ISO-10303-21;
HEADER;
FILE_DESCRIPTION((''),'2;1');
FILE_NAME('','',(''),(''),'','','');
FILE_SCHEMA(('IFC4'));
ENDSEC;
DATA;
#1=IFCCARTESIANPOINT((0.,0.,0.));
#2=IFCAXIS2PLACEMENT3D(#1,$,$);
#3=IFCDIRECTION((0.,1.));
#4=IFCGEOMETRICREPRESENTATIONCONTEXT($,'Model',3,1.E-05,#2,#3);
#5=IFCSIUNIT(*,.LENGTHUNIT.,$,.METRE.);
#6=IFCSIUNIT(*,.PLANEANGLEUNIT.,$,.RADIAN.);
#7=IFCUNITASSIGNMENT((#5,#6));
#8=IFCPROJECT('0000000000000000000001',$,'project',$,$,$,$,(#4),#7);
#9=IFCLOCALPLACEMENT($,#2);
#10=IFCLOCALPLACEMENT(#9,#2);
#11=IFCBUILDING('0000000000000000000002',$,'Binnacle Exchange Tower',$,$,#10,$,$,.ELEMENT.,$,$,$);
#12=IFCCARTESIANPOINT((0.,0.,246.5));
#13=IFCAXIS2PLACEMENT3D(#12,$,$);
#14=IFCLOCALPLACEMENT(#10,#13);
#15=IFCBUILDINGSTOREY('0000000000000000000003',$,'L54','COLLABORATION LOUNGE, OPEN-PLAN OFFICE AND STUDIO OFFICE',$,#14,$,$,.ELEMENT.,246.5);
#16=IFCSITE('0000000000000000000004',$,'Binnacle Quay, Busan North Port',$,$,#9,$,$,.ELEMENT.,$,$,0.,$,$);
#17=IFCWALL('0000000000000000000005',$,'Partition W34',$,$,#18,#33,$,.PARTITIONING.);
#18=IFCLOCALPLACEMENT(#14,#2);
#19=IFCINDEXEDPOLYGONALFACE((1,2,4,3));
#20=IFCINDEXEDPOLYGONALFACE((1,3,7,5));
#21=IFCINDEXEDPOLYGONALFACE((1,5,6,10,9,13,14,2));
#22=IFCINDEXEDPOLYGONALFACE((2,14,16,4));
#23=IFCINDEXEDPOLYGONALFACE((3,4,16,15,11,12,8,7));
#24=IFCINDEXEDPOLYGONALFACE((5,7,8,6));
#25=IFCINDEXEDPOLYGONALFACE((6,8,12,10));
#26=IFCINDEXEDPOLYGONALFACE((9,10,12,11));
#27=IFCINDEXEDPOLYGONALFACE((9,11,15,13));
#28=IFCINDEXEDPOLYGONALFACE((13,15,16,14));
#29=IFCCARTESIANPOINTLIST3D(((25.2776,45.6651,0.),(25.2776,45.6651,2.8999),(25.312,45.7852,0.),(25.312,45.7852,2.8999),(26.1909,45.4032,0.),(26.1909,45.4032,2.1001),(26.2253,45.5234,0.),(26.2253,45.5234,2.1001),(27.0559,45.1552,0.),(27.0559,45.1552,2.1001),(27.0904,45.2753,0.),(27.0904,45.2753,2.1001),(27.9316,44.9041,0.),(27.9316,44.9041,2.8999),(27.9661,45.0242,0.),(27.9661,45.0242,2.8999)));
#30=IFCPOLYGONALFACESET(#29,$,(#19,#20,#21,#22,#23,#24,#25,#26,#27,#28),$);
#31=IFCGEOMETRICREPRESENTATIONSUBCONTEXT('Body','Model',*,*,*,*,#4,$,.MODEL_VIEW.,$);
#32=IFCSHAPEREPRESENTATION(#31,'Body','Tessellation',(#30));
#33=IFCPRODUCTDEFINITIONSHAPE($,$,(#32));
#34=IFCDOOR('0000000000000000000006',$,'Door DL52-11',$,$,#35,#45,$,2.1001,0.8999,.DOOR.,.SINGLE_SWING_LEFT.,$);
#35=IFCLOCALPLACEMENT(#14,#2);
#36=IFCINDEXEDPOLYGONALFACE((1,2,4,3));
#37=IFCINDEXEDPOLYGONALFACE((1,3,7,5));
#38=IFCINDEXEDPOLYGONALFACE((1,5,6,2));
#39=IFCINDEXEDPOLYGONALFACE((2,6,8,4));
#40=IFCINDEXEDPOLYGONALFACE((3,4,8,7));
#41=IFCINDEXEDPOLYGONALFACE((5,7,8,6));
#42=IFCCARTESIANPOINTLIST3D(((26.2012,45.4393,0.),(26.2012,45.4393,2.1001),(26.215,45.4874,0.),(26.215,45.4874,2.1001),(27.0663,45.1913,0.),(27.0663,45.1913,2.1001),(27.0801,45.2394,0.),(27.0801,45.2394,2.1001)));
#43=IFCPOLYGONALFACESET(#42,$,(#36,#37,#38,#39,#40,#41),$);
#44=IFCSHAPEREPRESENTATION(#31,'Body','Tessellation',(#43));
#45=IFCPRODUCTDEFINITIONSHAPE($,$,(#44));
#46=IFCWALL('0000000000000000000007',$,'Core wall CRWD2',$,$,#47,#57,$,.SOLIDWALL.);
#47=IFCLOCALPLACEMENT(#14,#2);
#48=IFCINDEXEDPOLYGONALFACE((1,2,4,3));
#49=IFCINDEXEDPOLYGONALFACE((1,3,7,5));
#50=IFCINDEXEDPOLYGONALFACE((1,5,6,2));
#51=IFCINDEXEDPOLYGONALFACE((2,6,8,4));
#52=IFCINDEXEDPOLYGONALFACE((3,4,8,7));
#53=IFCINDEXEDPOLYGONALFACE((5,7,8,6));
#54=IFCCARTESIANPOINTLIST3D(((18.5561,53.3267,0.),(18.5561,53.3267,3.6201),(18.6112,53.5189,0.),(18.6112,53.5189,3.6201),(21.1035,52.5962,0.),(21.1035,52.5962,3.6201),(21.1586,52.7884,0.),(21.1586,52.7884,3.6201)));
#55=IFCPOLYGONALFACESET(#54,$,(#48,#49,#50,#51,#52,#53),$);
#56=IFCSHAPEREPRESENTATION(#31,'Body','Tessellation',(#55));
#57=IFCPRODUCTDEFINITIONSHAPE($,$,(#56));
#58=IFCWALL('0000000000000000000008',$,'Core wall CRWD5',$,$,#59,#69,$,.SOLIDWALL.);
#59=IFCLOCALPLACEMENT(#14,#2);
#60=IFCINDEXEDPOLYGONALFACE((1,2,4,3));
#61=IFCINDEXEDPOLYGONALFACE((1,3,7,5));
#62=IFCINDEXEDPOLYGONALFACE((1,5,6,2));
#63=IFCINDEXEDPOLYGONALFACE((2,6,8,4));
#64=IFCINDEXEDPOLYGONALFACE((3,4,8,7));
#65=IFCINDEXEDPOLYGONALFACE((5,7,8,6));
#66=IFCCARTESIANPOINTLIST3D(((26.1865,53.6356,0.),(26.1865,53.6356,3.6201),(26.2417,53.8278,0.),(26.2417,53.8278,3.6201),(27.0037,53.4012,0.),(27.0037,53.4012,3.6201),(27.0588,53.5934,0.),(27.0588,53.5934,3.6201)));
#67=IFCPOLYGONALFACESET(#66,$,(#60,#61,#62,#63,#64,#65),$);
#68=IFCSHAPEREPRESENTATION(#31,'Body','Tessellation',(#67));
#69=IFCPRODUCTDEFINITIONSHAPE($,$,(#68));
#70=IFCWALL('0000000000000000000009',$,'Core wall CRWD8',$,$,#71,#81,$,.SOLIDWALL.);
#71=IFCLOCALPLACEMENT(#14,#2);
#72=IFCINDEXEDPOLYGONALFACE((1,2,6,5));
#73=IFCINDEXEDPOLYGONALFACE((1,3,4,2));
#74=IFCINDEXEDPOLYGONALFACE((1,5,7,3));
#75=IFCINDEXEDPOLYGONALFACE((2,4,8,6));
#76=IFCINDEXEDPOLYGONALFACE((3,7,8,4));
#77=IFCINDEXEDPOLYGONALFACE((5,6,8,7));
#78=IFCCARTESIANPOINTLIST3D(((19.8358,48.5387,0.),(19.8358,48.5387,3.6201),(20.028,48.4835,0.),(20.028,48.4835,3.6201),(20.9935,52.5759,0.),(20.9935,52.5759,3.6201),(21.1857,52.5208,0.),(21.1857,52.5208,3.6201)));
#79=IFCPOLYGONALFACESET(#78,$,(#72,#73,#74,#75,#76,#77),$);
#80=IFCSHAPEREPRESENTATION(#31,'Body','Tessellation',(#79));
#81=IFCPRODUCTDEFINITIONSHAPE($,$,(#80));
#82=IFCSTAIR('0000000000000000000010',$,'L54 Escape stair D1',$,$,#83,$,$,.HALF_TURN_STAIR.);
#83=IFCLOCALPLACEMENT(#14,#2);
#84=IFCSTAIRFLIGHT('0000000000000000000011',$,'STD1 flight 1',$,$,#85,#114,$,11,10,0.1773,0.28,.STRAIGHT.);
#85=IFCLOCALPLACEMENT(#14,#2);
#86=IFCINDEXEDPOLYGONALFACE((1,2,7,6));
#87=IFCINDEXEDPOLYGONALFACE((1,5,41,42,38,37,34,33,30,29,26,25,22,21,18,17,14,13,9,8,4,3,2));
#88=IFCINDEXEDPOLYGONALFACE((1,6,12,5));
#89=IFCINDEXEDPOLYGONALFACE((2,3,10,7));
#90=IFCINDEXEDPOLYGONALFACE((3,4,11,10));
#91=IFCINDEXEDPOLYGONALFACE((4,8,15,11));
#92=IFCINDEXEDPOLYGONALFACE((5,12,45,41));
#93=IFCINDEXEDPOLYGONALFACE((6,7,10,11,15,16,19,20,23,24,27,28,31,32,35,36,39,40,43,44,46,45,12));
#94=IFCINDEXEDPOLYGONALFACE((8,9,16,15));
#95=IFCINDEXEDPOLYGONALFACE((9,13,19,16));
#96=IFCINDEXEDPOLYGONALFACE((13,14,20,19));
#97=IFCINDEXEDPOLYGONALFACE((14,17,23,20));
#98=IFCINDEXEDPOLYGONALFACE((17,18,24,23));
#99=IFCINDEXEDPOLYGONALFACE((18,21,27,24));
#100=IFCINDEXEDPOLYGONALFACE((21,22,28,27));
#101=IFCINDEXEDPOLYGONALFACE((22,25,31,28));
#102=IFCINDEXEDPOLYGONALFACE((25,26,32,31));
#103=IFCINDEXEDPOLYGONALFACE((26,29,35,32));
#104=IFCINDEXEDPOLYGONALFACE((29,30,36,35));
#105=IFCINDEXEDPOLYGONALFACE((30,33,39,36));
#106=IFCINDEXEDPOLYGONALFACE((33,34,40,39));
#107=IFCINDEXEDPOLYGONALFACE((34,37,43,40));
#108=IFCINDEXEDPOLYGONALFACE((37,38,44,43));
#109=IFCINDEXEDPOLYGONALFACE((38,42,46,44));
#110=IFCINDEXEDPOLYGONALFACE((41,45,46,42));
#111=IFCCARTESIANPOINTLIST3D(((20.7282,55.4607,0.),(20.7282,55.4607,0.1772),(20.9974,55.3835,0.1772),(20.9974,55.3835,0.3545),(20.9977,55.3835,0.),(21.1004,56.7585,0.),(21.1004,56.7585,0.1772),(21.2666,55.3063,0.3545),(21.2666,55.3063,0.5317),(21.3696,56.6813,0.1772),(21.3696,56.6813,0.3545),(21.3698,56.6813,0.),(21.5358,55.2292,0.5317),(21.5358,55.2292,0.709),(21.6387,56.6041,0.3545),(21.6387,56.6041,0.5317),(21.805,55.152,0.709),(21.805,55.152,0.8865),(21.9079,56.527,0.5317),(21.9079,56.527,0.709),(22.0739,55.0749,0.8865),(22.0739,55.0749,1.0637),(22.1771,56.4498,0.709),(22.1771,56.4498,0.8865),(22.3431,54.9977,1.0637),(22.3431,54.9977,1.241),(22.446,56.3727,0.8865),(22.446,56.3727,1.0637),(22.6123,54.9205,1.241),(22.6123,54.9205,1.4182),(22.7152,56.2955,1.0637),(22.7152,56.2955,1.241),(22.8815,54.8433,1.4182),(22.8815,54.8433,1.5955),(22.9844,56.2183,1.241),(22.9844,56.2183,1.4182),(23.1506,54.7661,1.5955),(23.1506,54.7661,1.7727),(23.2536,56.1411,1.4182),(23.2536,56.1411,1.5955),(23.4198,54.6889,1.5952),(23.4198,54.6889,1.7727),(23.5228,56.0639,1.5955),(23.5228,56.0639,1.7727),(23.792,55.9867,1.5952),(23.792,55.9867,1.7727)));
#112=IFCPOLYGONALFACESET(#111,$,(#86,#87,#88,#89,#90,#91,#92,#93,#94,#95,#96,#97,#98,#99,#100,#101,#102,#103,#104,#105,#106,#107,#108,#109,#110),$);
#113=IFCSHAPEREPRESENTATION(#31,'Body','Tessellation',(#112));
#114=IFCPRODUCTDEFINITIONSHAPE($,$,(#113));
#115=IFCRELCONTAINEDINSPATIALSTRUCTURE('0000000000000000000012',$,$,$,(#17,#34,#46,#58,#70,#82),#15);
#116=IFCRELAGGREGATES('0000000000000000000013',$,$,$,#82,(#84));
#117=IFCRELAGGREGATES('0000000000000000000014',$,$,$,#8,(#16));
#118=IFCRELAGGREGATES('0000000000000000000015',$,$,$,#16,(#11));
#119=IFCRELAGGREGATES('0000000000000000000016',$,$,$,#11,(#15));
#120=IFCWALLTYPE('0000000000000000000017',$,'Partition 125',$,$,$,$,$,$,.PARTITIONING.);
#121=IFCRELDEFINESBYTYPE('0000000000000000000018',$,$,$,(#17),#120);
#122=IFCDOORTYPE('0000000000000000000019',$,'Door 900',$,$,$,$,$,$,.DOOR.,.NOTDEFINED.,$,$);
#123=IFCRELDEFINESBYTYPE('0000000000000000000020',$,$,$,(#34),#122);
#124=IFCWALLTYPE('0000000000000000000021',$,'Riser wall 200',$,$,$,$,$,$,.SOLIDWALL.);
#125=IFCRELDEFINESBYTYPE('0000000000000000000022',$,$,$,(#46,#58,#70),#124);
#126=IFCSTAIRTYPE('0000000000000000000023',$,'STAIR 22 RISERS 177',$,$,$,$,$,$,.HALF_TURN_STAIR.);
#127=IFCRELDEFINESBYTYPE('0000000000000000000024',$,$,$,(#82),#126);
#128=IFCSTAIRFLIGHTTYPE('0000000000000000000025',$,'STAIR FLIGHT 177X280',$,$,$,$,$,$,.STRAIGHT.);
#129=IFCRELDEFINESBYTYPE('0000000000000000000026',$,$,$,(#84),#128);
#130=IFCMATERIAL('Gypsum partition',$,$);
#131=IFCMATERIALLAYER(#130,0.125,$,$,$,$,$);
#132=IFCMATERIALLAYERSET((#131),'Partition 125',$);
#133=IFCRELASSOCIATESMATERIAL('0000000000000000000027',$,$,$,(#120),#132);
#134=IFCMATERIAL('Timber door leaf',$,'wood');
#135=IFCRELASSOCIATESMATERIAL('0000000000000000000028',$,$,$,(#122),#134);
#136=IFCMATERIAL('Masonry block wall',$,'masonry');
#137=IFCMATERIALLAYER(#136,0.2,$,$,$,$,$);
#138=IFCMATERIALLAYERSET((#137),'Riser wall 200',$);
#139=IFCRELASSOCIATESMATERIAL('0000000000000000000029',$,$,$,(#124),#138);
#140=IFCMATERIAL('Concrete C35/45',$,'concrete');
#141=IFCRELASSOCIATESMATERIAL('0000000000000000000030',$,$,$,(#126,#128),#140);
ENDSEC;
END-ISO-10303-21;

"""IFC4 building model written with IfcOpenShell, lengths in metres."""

from ifc_helpers import new_model, si_unit, direction, frame, frame_2d, origin, place, context, subcontext, project, spatial, polyline, rectangle, outline, extrude, material, layer, layer_set, type_object, element, fill, aggregate, save


model = new_model("IFC4")

# Units and contexts
model_context = context("Model", 3, precision=1e-05, world=origin(), true_north=direction((0.0, 1.0)))
body_context = subcontext(model_context, "Body", "Model", "MODEL_VIEW")
ifc_project = project(units=[si_unit("LENGTHUNIT", "METRE"), si_unit("PLANEANGLEUNIT", "RADIAN")], contexts=[model_context])

# Site, building, storey
site_placement = place(None, origin())
site = spatial("IfcSite", under=ifc_project, at=site_placement, Name="Binnacle Quay, Busan North Port", CompositionType="ELEMENT", RefElevation=0.0)
building_placement = place(site_placement, origin())
building = spatial("IfcBuilding", under=site, at=building_placement, Name="Binnacle Exchange Tower", CompositionType="ELEMENT")
storey_placement = place(building_placement, frame((0.0, 0.0, 246.5)))
storey = spatial("IfcBuildingStorey", under=building, at=storey_placement, Name="L54", Description="COLLABORATION LOUNGE, OPEN-PLAN OFFICE AND STUDIO OFFICE", CompositionType="ELEMENT", Elevation=246.5)

# Shared definitions
ifc_material_1 = material(Name="Masonry block wall", Category="masonry")

# Shared definitions
ifc_material_2 = material(Name="Gypsum partition")
ifc_layer_1 = layer(ifc_material_2, 0.125)
ifc_layer_set_1 = layer_set([ifc_layer_1], Name="Partition 125")
wall_type_1 = type_object("IfcWallType", Name="Partition 125", PredefinedType="PARTITIONING", material=ifc_layer_set_1)

# Wall, opening, door
wall_1_placement = place(storey_placement, frame((25.2949, 45.7251, 0.0), z_axis=(0.0, 0.0, 1.0), x_axis=(0.961267, -0.27562, 0.0)))
wall_1 = element("IfcWall", 1, at=wall_1_placement, inside=storey, type_object=wall_type_1, Name="Partition W34", PredefinedType="PARTITIONING", context=body_context, shape_type="SweptSolid", body=[
    extrude(rectangle(XDim=2.761, YDim=0.125, at=frame_2d((1.3804, 0.0))), origin(), (0.0, 0.0, 1.0), 2.8999),
])
opening_1_placement = place(wall_1_placement, frame((0.95, 0.0, 0.0)))
opening_1 = element("IfcOpeningElement", 2, at=opening_1_placement, cuts=wall_1, PredefinedType="OPENING", context=body_context, shape_type="SweptSolid", body=[
    extrude(rectangle(XDim=0.8999, YDim=2.1001, at=frame_2d((0.45, 1.05))), frame((0.0, 0.0725, 0.0), z_axis=(0.0, -1.0, 0.0), x_axis=(1.0, 0.0, 0.0)), (0.0, 0.0, 1.0), 0.145),
])
ifc_material_3 = material(Name="Timber door leaf", Category="wood")
door_type_1 = type_object("IfcDoorType", Name="Door 900", OperationType="NOTDEFINED", PredefinedType="DOOR", material=ifc_material_3)
door_1_placement = place(opening_1_placement, frame((0.8999, 0.0, 0.0), z_axis=(0.0, 0.0, 1.0), x_axis=(-1.0, 0.0, 0.0)))
door_1 = element("IfcDoor", 3, at=door_1_placement, inside=storey, type_object=door_type_1, Name="Door DL52-11", OperationType="SINGLE_SWING_LEFT", OverallHeight=2.1001, OverallWidth=0.8999, PredefinedType="DOOR", context=body_context, shape_type="SweptSolid", body=[
    extrude(rectangle(XDim=0.8999, YDim=2.1001, at=frame_2d((0.45, 1.05))), frame((0.0, 0.0249, 0.0), z_axis=(0.0, -1.0, 0.0), x_axis=(1.0, 0.0, 0.0)), (0.0, 0.0, 1.0), 0.05),
])
fill(opening_1, door_1)

# Walls
ifc_layer_2 = layer(ifc_material_1, 0.2)
ifc_layer_set_2 = layer_set([ifc_layer_2], Name="Riser wall 200")
wall_type_2 = type_object("IfcWallType", Name="Riser wall 200", PredefinedType="SOLIDWALL", material=ifc_layer_set_2)
wall_2_placement = place(storey_placement, frame((18.5835, 53.4229, 0.0), z_axis=(0.0, 0.0, 1.0), x_axis=(0.961259, -0.275646, 0.0)))
element("IfcWall", 4, at=wall_2_placement, inside=storey, type_object=wall_type_2, Name="Core wall CRWD2", PredefinedType="SOLIDWALL", context=body_context, shape_type="SweptSolid", body=[
    extrude(rectangle(XDim=2.6501, YDim=0.2, at=frame_2d((1.3252, 0.0))), origin(), (0.0, 0.0, 1.0), 3.6201),
])
wall_3_placement = place(storey_placement, frame((26.2141, 53.7317, 0.0), z_axis=(0.0, 0.0, 1.0), x_axis=(0.961242, -0.275707, 0.0)))
element("IfcWall", 5, at=wall_3_placement, inside=storey, type_object=wall_type_2, Name="Core wall CRWD5", PredefinedType="SOLIDWALL", context=body_context, shape_type="SweptSolid", body=[
    extrude(rectangle(XDim=0.8501, YDim=0.2, at=frame_2d((0.425, 0.0))), origin(), (0.0, 0.0, 1.0), 3.6201),
])
wall_4_placement = place(storey_placement, frame((19.9319, 48.511, 0.0), z_axis=(0.0, 0.0, 1.0), x_axis=(0.275642, 0.96126, 0.0)))
element("IfcWall", 6, at=wall_4_placement, inside=storey, type_object=wall_type_2, Name="Core wall CRWD8", PredefinedType="SOLIDWALL", context=body_context, shape_type="SweptSolid", body=[
    extrude(rectangle(XDim=4.2, YDim=0.2, at=frame_2d((2.1001, 0.0))), origin(), (0.0, 0.0, 1.0), 3.6201),
])

# Stair, stair flight
ifc_material_4 = material(Name="Concrete C35/45", Category="concrete")
stair_type = type_object("IfcStairType", Name="STAIR 22 RISERS 177", PredefinedType="HALF_TURN_STAIR", material=ifc_material_4)
stair_placement = place(storey_placement, origin())
stair = element("IfcStair", 7, at=stair_placement, inside=storey, type_object=stair_type, Name="L54 Escape stair D1", PredefinedType="HALF_TURN_STAIR")
stair_flight_type = type_object("IfcStairFlightType", Name="STAIR FLIGHT 177X280", PredefinedType="STRAIGHT", material=ifc_material_4)
stair_flight_placement = place(storey_placement, frame((20.9143, 56.1096, 0.0), z_axis=(0.0, 0.0, 1.0), x_axis=(0.961262, -0.275637, 0.0)))
stair_flight = element("IfcStairFlight", 8, at=stair_flight_placement, type_object=stair_flight_type, Name="STD1 flight 1", NumberOfRisers=11, NumberOfTreads=10, PredefinedType="STRAIGHT", RiserHeight=0.1773, TreadLength=0.28, context=body_context, shape_type="SweptSolid", body=[
    extrude(outline(polyline([(0.0, 0.0), (0.0, 0.1772), (0.28, 0.1772), (0.28, 0.3545), (0.5601, 0.3545), (0.5601, 0.5317), (0.8401, 0.5317), (0.8401, 0.709), (1.1201, 0.709), (1.1201, 0.8865), (1.3999, 0.8865), (1.3999, 1.0637), (1.6799, 1.0637), (1.6799, 1.241), (1.96, 1.241), (1.96, 1.4182), (2.24, 1.4182), (2.24, 1.5955), (2.52, 1.5955), (2.52, 1.7727), (2.8, 1.7727), (2.8, 1.95), (2.8, 1.5952), (0.2803, 0.0), (0.0, 0.0)])), frame((0.0, 0.675, 0.0), z_axis=(0.0, -1.0, 0.0), x_axis=(1.0, 0.0, 0.0)), (0.0, 0.0, 1.0), 1.3501),
])
aggregate(stair, [stair_flight])

save(model, "model.ifc")
